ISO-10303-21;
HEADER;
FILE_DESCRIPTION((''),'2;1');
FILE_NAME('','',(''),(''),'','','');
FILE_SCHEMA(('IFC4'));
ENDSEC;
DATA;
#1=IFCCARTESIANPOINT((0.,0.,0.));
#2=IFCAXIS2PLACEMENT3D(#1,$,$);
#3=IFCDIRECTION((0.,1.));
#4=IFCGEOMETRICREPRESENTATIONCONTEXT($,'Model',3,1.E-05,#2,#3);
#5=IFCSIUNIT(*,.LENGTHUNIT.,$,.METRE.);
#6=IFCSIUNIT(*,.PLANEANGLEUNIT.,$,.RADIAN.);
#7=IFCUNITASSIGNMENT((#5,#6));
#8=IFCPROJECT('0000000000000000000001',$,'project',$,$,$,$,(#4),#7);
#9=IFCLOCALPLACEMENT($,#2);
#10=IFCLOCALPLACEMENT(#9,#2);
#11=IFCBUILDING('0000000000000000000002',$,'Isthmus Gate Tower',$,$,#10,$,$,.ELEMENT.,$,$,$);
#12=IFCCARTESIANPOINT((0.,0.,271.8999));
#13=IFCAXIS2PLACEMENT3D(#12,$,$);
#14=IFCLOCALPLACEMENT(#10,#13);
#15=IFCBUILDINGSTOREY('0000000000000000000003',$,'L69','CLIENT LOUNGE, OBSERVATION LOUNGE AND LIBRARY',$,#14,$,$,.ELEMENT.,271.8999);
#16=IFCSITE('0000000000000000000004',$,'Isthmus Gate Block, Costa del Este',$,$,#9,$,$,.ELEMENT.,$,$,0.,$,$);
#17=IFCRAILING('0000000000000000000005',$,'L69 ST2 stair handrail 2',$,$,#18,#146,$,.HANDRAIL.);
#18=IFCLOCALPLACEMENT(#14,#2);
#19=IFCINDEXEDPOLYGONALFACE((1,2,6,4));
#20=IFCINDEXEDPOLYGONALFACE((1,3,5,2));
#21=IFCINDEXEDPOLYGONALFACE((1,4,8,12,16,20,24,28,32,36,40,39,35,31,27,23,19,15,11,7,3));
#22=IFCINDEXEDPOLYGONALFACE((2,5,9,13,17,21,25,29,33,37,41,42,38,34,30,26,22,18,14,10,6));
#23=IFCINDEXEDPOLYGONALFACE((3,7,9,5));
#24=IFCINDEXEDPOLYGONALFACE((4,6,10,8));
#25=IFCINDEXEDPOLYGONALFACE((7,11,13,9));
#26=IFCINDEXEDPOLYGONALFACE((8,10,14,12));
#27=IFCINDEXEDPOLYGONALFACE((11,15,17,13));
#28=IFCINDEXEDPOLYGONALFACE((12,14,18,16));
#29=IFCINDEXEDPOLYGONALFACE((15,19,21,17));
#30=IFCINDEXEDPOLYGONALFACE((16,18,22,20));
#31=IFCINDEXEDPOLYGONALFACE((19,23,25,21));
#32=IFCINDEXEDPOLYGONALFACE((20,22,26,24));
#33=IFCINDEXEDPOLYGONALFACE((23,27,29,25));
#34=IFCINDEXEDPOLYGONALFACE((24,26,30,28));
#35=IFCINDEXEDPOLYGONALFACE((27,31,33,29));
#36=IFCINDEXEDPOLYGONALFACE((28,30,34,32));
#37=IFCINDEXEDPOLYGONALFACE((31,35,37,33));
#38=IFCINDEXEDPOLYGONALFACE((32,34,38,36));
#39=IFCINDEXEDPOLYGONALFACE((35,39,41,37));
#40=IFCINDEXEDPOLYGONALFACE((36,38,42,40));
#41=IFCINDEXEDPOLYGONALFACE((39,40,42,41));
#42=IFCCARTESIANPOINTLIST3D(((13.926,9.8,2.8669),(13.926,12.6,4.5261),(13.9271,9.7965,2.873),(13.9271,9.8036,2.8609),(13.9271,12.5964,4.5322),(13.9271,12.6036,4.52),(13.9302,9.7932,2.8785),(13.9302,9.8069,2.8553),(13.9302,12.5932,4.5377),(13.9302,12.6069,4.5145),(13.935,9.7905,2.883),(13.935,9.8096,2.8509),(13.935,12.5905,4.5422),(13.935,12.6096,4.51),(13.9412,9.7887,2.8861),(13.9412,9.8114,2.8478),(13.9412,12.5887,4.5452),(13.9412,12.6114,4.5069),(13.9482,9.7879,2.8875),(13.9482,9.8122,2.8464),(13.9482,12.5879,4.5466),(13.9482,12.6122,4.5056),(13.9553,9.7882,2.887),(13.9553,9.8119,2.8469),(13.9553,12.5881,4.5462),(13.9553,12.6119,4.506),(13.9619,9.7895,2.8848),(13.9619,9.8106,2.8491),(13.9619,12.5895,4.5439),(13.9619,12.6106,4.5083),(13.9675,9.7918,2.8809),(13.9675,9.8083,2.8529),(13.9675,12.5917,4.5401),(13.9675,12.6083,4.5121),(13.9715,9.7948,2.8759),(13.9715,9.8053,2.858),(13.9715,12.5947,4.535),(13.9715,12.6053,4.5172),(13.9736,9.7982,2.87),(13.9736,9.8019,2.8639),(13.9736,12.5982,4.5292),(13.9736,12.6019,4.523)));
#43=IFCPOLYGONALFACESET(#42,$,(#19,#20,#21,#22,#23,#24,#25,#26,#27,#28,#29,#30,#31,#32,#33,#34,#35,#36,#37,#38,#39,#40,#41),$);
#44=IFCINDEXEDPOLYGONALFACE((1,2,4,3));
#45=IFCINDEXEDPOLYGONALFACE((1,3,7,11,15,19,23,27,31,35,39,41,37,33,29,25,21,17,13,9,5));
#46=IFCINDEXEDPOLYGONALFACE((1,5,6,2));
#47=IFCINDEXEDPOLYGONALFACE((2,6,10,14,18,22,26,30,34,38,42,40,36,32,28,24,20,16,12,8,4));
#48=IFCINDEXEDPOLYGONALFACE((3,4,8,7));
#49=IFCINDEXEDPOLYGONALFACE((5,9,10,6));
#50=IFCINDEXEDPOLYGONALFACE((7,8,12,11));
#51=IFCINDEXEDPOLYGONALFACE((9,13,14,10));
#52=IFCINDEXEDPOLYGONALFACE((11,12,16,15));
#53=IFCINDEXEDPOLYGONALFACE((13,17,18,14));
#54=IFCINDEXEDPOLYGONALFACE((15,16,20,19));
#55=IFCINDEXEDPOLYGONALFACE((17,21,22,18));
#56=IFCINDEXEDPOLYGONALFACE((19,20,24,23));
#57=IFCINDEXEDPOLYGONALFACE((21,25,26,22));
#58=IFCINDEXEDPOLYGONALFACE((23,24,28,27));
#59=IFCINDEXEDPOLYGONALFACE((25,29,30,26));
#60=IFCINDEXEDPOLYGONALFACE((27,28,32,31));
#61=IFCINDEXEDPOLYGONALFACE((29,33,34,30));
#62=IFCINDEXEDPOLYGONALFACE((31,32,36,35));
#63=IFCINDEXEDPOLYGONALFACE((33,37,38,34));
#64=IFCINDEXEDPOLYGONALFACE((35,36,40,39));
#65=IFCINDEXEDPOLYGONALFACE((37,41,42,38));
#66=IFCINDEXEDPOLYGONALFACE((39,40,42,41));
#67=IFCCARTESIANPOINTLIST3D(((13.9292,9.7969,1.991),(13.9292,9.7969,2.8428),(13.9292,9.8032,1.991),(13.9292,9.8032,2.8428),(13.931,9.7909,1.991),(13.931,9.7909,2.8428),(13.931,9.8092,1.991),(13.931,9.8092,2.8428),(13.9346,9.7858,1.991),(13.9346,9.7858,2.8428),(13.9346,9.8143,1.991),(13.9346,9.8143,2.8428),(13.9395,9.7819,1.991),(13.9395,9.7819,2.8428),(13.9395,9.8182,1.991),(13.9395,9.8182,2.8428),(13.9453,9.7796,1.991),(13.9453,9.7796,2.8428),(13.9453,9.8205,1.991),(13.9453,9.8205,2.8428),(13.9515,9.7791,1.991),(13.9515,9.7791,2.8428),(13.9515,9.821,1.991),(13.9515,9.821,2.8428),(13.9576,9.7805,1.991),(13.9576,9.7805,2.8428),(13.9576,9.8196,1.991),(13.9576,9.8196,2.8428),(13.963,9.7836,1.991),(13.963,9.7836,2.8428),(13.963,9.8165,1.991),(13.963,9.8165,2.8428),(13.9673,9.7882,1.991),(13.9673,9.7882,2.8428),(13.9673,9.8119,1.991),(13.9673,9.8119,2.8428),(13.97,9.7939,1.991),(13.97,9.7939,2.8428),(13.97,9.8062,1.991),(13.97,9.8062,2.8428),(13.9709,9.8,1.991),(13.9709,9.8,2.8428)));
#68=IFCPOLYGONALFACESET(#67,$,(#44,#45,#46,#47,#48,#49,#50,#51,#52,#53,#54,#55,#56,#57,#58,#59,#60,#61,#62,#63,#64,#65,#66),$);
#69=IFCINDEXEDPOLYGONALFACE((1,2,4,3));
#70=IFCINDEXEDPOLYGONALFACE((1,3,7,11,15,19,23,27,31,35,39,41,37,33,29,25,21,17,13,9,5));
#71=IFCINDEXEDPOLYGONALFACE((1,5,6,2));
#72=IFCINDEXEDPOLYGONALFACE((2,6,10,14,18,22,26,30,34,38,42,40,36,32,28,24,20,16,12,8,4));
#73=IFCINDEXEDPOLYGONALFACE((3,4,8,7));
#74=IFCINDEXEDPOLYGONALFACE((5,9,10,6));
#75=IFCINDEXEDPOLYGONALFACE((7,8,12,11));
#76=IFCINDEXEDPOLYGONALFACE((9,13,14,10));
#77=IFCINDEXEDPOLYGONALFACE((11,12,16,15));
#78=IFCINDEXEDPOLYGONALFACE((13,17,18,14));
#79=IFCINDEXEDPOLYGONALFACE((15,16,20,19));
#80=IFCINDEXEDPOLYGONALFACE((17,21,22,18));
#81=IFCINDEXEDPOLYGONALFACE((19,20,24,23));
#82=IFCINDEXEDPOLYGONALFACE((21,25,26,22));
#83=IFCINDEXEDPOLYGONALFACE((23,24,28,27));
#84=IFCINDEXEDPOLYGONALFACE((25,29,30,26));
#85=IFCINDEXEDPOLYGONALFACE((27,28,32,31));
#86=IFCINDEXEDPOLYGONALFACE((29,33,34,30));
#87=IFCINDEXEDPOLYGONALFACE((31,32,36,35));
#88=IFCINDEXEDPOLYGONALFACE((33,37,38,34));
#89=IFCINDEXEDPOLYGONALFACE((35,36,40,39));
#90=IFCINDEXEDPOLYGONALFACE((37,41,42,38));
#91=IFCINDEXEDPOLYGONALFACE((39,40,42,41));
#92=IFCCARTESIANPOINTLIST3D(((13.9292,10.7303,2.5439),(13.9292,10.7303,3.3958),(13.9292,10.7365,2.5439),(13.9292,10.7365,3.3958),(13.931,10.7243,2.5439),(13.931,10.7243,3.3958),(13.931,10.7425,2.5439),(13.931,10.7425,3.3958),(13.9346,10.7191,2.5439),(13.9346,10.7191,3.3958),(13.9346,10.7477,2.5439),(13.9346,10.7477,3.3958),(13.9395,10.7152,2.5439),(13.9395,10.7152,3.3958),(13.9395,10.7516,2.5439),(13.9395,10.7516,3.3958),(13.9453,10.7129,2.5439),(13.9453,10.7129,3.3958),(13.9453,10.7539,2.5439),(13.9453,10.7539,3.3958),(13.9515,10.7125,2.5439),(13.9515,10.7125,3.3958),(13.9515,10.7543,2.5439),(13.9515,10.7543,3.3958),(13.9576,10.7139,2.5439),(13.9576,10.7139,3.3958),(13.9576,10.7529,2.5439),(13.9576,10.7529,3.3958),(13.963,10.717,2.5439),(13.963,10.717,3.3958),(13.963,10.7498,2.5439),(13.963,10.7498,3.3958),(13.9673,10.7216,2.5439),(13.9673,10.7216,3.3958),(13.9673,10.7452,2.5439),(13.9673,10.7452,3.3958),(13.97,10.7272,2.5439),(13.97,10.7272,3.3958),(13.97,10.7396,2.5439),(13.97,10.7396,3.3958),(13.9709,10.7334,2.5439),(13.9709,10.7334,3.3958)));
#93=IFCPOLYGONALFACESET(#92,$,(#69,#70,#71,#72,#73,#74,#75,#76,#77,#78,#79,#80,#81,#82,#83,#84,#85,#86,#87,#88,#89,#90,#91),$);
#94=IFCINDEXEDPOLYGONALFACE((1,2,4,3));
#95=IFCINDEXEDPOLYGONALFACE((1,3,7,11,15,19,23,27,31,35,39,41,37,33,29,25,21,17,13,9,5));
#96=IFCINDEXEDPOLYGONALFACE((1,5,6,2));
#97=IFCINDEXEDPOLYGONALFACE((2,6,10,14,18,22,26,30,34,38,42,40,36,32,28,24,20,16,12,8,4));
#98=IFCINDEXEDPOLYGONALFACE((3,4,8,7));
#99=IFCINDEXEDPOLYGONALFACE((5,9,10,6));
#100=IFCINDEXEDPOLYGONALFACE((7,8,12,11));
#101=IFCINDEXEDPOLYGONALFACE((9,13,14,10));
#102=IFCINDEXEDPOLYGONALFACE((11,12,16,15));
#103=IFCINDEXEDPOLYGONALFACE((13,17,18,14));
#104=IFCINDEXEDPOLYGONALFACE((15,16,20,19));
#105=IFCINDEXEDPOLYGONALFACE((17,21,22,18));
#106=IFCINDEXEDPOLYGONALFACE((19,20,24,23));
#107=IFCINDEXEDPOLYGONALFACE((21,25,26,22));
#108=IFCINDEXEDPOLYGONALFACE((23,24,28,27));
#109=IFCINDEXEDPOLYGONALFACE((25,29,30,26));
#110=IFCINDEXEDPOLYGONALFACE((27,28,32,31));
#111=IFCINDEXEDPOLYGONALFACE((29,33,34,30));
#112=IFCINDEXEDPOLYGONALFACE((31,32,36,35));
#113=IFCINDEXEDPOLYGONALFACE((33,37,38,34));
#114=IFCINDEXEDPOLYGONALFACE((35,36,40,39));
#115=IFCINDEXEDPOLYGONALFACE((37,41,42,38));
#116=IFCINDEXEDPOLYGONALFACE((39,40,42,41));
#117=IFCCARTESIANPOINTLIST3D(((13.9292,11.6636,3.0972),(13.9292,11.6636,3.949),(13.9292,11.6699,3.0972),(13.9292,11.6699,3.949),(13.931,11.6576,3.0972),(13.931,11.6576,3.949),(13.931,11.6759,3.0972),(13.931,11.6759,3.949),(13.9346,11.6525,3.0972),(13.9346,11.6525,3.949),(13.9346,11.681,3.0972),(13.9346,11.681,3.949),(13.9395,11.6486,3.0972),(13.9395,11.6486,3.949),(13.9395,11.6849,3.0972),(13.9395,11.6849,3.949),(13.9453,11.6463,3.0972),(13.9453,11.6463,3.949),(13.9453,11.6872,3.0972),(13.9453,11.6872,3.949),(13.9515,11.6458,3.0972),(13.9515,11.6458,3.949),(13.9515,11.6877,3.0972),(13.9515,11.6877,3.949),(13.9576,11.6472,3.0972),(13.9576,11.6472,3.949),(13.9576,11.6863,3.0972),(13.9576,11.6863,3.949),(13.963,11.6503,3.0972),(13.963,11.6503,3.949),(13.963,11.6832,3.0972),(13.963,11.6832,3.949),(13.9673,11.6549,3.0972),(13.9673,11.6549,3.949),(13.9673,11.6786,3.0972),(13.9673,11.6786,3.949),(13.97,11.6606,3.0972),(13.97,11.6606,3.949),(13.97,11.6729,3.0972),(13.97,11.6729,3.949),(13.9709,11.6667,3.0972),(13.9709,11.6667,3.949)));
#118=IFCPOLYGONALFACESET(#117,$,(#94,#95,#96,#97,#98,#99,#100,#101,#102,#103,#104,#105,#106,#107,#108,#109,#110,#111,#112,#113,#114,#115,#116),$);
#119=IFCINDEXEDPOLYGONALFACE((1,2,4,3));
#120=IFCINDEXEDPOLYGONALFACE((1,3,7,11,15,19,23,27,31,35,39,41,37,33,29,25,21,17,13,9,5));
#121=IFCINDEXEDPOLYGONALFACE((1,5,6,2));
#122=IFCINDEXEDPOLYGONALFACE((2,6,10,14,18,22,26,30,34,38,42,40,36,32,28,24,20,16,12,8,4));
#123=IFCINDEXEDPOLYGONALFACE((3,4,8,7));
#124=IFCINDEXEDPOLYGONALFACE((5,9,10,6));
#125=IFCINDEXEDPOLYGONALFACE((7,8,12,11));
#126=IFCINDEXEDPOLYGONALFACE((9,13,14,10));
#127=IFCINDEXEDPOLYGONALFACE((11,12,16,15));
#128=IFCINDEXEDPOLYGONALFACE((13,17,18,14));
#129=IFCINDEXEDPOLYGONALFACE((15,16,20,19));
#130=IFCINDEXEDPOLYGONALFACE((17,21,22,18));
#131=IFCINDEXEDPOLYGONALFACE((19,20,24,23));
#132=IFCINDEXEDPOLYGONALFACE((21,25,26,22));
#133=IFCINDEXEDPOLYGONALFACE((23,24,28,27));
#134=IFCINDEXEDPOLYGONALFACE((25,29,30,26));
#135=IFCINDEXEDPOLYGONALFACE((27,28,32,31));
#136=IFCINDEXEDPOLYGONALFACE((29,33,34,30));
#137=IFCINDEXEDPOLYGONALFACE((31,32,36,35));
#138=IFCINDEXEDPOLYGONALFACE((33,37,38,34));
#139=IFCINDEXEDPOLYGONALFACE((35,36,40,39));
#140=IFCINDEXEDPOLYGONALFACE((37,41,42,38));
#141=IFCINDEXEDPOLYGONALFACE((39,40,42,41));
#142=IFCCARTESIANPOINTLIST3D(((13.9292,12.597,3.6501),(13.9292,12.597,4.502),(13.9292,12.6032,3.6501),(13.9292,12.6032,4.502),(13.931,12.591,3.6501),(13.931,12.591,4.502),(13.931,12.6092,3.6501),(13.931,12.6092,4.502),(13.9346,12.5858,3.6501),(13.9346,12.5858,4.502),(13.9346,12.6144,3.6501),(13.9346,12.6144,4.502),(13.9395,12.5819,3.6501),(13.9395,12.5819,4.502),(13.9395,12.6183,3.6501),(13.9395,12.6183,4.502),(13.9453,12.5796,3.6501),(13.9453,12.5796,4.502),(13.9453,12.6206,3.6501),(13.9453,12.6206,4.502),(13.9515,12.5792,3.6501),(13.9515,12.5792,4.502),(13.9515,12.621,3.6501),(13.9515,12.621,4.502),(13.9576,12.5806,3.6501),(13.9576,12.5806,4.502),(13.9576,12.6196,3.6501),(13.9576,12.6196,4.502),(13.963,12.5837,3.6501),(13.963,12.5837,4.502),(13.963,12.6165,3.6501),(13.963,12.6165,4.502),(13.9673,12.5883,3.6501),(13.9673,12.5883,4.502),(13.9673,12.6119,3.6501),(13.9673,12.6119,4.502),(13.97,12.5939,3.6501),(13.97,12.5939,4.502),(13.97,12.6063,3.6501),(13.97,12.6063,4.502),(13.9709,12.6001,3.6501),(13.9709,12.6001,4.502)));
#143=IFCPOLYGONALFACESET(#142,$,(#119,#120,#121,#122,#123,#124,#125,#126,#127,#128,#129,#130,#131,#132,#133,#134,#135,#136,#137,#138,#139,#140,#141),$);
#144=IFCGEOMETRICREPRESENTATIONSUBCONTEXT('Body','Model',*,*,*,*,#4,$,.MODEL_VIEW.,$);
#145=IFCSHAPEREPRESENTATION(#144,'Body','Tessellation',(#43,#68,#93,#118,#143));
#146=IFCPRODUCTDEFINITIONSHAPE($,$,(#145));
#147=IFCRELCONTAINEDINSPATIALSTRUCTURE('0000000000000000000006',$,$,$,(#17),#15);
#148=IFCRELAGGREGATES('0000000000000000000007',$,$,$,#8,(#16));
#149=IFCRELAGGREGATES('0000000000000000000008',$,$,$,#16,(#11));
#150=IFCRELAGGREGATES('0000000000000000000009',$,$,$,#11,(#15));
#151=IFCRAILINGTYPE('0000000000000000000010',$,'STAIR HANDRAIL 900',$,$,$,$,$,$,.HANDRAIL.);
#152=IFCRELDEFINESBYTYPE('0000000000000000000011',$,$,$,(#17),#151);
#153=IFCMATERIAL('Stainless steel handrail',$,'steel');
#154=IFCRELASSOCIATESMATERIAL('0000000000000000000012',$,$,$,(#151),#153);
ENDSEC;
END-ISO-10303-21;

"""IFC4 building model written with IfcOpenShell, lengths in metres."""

from ifc_helpers import new_model, si_unit, direction, frame, origin, origin_2d, place, context, subcontext, project, spatial, circle, extrude, material, type_object, element, save


model = new_model("IFC4")

# Units and contexts
model_context = context("Model", 3, precision=1e-05, world=origin(), true_north=direction((0.0, 1.0)))
body_context = subcontext(model_context, "Body", "Model", "MODEL_VIEW")
ifc_project = project(units=[si_unit("LENGTHUNIT", "METRE"), si_unit("PLANEANGLEUNIT", "RADIAN")], contexts=[model_context])

# Site, building, storey
site_placement = place(None, origin())
site = spatial("IfcSite", under=ifc_project, at=site_placement, Name="Isthmus Gate Block, Costa del Este", CompositionType="ELEMENT", RefElevation=0.0)
building_placement = place(site_placement, origin())
building = spatial("IfcBuilding", under=site, at=building_placement, Name="Isthmus Gate Tower", CompositionType="ELEMENT")
storey_placement = place(building_placement, frame((0.0, 0.0, 271.8999)))
storey = spatial("IfcBuildingStorey", under=building, at=storey_placement, Name="L69", Description="CLIENT LOUNGE, OBSERVATION LOUNGE AND LIBRARY", CompositionType="ELEMENT", Elevation=271.8999)

# Railing
ifc_material_1 = material(Name="Stainless steel handrail", Category="steel")
railing_type_1 = type_object("IfcRailingType", Name="STAIR HANDRAIL 900", PredefinedType="HANDRAIL", material=ifc_material_1)
railing_1_placement = place(storey_placement, frame((13.95, 9.8, 1.991)))
element("IfcRailing", 1, at=railing_1_placement, inside=storey, type_object=railing_type_1, Name="L69 ST2 stair handrail 2", PredefinedType="HANDRAIL", context=body_context, shape_type="SweptSolid", body=[
    extrude(circle(Radius=0.0239, at=origin_2d()), frame((0.0, 0.0, 0.876), z_axis=(0.0, 0.860306, 0.509778), x_axis=(-1.0, 0.0, 0.0)), (0.0, 0.0, 1.0), 3.2546),
    extrude(circle(Radius=0.021, at=origin_2d()), origin(), (0.0, 0.0, 1.0), 0.8518),
    extrude(circle(Radius=0.021, at=origin_2d()), frame((0.0, 0.9333, 0.553)), (0.0, 0.0, 1.0), 0.8518),
    extrude(circle(Radius=0.021, at=origin_2d()), frame((0.0, 1.8667, 1.1062)), (0.0, 0.0, 1.0), 0.8518),
    extrude(circle(Radius=0.021, at=origin_2d()), frame((0.0, 2.8, 1.6592)), (0.0, 0.0, 1.0), 0.8518),
])

save(model, "model.ifc")
